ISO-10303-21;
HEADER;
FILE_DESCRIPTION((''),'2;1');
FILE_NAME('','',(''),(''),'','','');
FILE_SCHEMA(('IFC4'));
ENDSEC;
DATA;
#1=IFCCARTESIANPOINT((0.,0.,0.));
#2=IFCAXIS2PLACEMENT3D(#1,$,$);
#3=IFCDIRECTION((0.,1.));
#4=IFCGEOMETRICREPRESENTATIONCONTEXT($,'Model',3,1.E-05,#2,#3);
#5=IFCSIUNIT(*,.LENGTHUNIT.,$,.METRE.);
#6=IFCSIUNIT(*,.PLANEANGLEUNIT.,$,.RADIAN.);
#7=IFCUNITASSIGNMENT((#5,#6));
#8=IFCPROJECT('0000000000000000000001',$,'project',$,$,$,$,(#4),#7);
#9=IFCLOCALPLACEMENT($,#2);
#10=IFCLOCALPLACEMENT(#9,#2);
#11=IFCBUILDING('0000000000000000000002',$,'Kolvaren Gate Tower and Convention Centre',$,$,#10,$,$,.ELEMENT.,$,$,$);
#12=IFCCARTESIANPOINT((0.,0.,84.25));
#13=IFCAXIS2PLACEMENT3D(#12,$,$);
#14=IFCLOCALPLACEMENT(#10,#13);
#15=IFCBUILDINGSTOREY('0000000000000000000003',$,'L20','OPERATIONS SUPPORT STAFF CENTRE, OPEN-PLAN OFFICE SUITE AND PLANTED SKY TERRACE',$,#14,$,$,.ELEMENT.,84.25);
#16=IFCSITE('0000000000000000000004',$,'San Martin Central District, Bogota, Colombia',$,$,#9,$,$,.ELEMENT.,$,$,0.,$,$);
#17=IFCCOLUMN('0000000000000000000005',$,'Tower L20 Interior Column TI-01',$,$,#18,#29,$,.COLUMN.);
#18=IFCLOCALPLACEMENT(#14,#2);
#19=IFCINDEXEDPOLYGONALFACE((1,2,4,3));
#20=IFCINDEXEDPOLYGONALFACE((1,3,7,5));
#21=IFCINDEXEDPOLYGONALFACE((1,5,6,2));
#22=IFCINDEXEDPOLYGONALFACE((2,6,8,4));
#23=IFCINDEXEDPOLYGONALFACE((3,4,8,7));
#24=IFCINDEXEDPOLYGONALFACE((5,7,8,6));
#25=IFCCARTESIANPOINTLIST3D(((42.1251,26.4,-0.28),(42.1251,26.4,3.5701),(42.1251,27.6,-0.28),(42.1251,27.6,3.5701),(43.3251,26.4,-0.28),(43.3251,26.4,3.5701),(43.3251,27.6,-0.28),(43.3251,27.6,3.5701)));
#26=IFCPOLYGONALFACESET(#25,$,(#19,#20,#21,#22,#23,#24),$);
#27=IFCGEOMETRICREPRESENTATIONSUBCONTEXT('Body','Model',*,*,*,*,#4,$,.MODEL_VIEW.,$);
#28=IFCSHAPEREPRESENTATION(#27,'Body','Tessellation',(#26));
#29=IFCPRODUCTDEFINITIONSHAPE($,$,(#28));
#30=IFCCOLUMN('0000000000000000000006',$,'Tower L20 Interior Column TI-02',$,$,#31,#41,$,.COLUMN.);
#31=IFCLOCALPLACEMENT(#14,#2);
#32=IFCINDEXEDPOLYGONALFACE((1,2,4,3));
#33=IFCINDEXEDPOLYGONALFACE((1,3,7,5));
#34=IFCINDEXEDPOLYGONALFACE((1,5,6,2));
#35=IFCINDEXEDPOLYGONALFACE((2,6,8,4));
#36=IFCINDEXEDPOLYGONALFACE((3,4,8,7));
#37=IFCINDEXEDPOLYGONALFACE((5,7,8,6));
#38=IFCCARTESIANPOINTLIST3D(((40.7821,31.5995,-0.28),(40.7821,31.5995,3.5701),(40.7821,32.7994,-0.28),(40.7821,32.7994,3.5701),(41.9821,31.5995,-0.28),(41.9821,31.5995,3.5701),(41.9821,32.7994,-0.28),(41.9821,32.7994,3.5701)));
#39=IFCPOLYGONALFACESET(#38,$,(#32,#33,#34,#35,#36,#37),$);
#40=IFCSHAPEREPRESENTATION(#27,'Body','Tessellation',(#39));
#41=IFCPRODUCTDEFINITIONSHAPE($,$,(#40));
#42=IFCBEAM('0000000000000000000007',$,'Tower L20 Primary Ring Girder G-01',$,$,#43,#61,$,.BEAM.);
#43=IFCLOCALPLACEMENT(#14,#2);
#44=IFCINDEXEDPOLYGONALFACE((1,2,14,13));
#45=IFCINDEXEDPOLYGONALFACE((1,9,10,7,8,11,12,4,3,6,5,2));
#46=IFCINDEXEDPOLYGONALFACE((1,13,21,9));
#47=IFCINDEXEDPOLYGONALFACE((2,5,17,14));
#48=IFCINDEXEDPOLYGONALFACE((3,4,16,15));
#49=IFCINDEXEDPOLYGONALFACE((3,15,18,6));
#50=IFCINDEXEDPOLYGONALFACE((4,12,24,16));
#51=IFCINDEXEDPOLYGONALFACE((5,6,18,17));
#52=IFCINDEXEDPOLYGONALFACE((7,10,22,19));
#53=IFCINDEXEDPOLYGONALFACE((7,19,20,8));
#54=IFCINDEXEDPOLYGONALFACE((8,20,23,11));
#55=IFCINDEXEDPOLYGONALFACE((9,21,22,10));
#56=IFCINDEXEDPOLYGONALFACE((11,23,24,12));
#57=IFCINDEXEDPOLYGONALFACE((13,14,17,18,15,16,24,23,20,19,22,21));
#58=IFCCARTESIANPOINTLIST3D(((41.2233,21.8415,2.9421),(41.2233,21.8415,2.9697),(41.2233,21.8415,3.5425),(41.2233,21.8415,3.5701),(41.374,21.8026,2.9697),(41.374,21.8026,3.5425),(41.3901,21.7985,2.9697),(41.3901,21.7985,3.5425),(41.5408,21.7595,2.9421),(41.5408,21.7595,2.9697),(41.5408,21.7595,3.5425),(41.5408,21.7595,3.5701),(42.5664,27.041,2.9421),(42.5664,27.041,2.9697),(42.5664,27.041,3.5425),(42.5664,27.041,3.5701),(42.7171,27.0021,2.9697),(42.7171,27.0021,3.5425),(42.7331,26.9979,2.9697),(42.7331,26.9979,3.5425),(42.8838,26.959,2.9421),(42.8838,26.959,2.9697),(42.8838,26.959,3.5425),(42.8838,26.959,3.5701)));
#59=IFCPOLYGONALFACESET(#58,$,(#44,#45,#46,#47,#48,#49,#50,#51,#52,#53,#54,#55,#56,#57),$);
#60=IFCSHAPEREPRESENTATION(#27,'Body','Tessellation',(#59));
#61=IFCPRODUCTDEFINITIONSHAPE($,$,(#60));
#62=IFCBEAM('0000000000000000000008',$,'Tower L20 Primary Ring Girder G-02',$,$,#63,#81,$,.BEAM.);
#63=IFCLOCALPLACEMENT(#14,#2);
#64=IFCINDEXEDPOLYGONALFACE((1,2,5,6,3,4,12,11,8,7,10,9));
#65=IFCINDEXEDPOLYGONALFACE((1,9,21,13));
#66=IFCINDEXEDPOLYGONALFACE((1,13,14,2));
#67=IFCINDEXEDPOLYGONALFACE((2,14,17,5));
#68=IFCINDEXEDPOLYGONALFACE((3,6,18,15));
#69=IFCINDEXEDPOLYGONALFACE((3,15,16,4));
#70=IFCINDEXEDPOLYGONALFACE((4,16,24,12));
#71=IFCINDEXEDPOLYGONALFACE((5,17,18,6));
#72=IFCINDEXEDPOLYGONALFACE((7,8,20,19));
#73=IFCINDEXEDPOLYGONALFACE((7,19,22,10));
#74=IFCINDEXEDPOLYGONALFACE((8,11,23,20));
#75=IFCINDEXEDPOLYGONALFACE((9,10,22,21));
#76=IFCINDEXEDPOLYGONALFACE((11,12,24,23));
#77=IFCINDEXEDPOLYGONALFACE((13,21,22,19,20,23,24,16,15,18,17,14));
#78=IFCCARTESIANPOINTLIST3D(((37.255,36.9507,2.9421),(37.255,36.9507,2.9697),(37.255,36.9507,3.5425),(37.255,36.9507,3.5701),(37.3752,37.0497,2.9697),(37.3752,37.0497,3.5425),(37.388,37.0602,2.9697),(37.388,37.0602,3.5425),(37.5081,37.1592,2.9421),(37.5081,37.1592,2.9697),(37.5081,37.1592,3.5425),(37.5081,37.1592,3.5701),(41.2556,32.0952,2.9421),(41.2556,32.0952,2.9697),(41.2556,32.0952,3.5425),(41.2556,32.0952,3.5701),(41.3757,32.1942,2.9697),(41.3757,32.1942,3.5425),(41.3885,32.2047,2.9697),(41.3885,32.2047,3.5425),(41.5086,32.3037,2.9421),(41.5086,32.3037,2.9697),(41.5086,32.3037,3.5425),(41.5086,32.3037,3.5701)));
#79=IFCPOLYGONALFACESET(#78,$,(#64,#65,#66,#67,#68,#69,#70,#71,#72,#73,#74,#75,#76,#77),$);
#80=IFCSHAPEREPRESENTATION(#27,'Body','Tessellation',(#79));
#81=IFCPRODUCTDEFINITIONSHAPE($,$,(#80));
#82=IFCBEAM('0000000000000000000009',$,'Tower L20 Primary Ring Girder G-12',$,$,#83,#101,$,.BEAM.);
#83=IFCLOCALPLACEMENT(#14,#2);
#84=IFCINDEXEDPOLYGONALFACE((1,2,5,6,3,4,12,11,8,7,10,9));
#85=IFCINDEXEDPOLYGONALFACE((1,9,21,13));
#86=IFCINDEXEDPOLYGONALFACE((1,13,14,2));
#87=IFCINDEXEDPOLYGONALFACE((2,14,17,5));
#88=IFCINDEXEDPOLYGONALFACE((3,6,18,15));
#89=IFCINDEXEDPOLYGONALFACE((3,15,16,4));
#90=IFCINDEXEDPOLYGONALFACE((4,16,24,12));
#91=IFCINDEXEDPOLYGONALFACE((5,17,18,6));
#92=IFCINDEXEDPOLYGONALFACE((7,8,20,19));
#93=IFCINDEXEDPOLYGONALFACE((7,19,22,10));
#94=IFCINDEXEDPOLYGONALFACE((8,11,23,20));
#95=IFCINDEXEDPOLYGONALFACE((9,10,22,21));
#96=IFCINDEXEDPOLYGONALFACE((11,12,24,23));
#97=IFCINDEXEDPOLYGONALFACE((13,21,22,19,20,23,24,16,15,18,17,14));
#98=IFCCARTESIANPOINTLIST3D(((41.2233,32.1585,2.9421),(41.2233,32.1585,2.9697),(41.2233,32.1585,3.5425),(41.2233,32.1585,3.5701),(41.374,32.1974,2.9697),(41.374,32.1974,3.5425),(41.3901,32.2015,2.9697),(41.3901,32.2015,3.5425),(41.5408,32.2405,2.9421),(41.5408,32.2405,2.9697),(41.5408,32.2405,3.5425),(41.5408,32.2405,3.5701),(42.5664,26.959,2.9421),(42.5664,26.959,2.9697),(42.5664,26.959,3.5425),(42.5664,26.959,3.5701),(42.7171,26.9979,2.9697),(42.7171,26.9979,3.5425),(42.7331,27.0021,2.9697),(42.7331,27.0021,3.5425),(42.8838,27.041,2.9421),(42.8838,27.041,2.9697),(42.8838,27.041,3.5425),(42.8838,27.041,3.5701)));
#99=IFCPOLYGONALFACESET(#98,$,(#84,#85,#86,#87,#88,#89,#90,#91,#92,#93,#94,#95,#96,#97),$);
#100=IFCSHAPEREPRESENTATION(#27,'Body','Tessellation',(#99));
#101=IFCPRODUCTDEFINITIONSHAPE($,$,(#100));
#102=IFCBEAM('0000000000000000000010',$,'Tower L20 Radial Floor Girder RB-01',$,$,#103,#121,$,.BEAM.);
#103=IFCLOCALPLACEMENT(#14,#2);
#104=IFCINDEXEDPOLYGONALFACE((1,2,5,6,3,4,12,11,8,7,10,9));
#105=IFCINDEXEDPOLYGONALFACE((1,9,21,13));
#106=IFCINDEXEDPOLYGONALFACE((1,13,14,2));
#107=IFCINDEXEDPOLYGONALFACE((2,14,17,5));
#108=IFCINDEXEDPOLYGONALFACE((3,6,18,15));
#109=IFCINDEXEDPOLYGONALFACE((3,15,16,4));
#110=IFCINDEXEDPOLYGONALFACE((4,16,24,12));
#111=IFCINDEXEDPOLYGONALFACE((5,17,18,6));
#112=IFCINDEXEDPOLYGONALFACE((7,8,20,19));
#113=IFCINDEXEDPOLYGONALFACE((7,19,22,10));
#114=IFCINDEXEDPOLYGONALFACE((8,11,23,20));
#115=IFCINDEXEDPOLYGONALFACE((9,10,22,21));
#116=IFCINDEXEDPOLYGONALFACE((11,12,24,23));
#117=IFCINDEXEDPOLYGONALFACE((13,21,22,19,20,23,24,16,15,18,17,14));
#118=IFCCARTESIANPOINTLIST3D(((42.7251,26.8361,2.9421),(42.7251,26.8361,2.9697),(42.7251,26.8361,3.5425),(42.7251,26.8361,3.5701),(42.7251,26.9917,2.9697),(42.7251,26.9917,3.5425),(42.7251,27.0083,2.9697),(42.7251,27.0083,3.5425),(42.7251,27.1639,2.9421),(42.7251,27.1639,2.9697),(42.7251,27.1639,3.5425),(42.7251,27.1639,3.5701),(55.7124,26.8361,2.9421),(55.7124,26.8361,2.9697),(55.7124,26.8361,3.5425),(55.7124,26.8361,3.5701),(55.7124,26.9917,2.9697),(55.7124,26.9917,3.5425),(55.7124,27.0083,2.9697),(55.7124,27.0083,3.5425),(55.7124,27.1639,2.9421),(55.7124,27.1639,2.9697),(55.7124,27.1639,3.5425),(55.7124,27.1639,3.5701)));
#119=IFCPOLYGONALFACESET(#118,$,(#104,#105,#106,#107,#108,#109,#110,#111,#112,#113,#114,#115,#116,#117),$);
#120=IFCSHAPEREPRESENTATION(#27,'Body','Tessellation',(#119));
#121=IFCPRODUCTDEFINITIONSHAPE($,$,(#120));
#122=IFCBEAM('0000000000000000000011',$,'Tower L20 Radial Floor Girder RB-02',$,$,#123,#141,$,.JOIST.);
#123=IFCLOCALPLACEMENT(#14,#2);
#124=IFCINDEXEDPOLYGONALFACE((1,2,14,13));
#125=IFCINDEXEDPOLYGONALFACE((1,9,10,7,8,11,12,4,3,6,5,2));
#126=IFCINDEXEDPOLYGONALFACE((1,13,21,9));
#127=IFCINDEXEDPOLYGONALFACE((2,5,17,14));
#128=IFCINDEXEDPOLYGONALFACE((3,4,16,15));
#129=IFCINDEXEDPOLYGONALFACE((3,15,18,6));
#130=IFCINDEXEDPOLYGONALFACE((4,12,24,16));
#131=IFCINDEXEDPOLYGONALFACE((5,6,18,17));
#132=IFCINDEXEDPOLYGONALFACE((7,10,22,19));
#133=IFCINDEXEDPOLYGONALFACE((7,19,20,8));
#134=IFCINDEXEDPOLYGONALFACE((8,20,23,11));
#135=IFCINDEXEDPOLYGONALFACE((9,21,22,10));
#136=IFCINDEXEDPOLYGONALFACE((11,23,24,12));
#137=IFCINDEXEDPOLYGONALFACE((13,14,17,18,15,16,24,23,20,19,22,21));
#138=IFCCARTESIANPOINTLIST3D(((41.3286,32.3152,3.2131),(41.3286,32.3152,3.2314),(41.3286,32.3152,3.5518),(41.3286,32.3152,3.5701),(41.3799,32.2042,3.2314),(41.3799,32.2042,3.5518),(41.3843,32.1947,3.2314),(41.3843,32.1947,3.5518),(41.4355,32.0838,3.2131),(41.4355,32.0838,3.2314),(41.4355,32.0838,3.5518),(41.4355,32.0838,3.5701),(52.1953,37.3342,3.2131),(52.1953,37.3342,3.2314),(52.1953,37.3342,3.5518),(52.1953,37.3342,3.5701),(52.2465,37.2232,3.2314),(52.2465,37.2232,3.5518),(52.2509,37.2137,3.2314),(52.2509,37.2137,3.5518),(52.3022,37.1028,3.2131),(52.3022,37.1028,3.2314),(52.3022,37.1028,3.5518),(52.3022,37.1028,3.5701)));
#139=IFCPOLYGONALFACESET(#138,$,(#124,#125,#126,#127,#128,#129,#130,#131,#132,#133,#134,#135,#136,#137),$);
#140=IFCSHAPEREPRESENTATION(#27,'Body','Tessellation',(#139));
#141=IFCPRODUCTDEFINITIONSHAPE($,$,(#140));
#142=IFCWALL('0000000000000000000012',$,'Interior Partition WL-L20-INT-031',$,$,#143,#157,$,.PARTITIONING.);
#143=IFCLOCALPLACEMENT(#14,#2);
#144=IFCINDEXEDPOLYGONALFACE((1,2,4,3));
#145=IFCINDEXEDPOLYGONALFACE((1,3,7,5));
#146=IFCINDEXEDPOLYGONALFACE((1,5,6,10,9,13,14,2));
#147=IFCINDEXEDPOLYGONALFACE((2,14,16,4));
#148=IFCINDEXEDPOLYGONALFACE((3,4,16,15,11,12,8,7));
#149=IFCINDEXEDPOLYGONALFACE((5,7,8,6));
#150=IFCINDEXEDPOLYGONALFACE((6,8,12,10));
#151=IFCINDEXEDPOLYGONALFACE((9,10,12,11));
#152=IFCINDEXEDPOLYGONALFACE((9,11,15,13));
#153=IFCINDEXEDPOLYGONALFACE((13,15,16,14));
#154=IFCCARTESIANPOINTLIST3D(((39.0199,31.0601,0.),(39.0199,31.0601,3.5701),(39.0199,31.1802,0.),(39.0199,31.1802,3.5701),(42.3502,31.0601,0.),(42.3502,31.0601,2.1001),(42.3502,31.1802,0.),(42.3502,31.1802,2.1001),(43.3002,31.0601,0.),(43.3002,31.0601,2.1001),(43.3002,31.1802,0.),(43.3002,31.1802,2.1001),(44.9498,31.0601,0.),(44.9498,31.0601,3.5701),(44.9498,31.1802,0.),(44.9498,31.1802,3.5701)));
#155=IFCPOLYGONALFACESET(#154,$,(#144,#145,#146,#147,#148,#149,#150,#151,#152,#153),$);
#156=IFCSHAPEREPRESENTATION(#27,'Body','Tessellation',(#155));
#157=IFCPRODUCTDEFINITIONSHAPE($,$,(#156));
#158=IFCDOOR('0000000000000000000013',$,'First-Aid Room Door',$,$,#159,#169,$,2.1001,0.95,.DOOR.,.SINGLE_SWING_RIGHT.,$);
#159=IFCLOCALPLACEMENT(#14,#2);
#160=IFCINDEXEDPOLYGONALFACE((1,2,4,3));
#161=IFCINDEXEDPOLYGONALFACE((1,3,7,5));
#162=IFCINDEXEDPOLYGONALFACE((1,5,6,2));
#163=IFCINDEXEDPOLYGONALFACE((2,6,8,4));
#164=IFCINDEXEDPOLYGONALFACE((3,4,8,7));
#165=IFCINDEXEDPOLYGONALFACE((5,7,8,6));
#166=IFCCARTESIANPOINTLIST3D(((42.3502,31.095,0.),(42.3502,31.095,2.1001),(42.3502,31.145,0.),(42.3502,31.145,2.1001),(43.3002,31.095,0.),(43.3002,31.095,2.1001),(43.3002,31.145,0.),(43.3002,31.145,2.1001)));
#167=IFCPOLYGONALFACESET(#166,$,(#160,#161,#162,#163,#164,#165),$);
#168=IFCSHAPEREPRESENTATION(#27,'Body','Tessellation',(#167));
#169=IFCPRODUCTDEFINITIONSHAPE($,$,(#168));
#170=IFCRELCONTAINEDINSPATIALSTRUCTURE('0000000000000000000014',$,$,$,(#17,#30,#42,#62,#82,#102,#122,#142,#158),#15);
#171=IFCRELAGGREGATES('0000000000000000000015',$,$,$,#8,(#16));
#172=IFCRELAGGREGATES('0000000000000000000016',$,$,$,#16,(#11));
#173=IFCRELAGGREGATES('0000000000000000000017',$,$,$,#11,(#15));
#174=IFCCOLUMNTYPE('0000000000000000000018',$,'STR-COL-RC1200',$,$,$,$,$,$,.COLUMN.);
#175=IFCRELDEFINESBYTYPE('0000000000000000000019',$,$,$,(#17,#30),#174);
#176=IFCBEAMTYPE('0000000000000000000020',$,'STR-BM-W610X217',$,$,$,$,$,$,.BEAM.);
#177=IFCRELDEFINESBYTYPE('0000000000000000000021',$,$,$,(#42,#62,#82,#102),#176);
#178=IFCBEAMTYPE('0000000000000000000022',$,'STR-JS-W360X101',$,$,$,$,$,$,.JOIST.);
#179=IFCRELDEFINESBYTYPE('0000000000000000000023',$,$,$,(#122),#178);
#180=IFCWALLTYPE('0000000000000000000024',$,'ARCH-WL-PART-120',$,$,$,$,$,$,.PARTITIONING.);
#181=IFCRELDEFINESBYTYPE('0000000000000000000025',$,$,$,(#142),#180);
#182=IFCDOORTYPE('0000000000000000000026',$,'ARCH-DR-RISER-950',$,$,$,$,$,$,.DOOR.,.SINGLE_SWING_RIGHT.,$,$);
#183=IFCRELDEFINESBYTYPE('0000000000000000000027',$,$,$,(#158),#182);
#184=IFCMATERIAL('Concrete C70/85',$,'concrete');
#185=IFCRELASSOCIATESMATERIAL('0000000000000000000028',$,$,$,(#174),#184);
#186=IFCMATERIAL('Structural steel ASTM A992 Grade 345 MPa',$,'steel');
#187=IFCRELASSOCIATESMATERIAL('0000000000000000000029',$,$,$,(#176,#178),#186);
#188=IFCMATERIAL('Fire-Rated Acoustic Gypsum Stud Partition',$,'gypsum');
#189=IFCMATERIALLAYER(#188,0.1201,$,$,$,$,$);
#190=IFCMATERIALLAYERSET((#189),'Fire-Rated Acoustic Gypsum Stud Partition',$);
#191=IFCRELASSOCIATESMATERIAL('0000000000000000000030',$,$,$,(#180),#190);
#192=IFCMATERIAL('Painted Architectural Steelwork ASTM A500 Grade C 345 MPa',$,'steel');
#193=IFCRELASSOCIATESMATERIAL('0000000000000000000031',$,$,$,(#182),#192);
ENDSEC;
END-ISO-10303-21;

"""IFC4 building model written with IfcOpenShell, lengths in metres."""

from ifc_helpers import new_model, si_unit, direction, frame, frame_2d, origin, origin_2d, place, context, subcontext, project, spatial, rectangle, i_section, extrude, material, layer, layer_set, material_profile, profile_set, type_object, element, fill, save


model = new_model("IFC4")

# Units and contexts
model_context = context("Model", 3, precision=1e-05, world=origin(), true_north=direction((0.0, 1.0)))
body_context = subcontext(model_context, "Body", "Model", "MODEL_VIEW")
ifc_project = project(units=[si_unit("LENGTHUNIT", "METRE"), si_unit("PLANEANGLEUNIT", "RADIAN")], contexts=[model_context])

# Site, building, storey
site_placement = place(None, origin())
site = spatial("IfcSite", under=ifc_project, at=site_placement, Name="San Martin Central District, Bogota, Colombia", CompositionType="ELEMENT", RefElevation=0.0)
building_placement = place(site_placement, origin())
building = spatial("IfcBuilding", under=site, at=building_placement, Name="Kolvaren Gate Tower and Convention Centre", CompositionType="ELEMENT")
storey_placement = place(building_placement, frame((0.0, 0.0, 84.25)))
storey = spatial("IfcBuildingStorey", under=building, at=storey_placement, Name="L20", Description="OPERATIONS SUPPORT STAFF CENTRE, OPEN-PLAN OFFICE SUITE AND PLANTED SKY TERRACE", CompositionType="ELEMENT", Elevation=84.25)

# Columns
ifc_material_1 = material(Name="Concrete C70/85", Category="concrete")
ifc_material_profile_1 = material_profile(ifc_material_1, rectangle(XDim=1.2, YDim=1.2, at=origin_2d()), Name="RC-COL-1200X1200")
ifc_profile_set_1 = profile_set([ifc_material_profile_1], Name="Concrete C70/85")
column_type = type_object("IfcColumnType", Name="STR-COL-RC1200", PredefinedType="COLUMN", material=ifc_profile_set_1)
for number, where, z_axis, x_axis, name in (
    (1, (42.7251, 27.0, -0.28), (0.0, 0.0, 1.0), (1.0, 0.0, 0.0), "Tower L20 Interior Column TI-01"),
    (2, (41.3821, 32.1995, -0.28), (0.0, 0.0, 1.0), (1.0, 0.0, 0.0), "Tower L20 Interior Column TI-02"),
):
    element("IfcColumn", number, at=place(storey_placement, frame(where, z_axis=z_axis, x_axis=x_axis)), inside=storey, type_object=column_type, Name=name, PredefinedType="COLUMN", context=body_context, shape_type="SweptSolid", body=[
        extrude(rectangle(XDim=1.2, YDim=1.2, at=origin_2d()), origin(), (0.0, 0.0, 1.0), 3.8501),
    ])

# Beams
ifc_material_2 = material(Name="Structural steel ASTM A992 Grade 345 MPa", Category="steel")
ifc_material_profile_2 = material_profile(ifc_material_2, i_section(OverallWidth=0.3279, OverallDepth=0.6279, WebThickness=0.0166, FlangeThickness=0.0276, at=origin_2d()), Name="W610X217")
ifc_profile_set_2 = profile_set([ifc_material_profile_2], Name="Structural steel ASTM A992 Grade 345 MPa")
beam_type_1 = type_object("IfcBeamType", Name="STR-BM-W610X217", PredefinedType="BEAM", material=ifc_profile_set_2)
beam_1_placement = place(storey_placement, frame((42.7251, 27.0, 3.2561), z_axis=(-0.250091, -0.968222, 0.0), x_axis=(0.968222, -0.250091, 0.0)))
element("IfcBeam", 3, at=beam_1_placement, inside=storey, type_object=beam_type_1, Name="Tower L20 Primary Ring Girder G-01", PredefinedType="BEAM", context=body_context, shape_type="SweptSolid", body=[
    extrude(i_section(OverallWidth=0.3279, OverallDepth=0.6279, WebThickness=0.0166, FlangeThickness=0.0276, at=origin_2d()), origin(), (0.0, 0.0, 1.0), 5.3701),
])
beam_2_placement = place(storey_placement, frame((41.3821, 32.1995, 3.2561), z_axis=(-0.635884, 0.771785, 0.0), x_axis=(-0.771785, -0.635884, 0.0)))
element("IfcBeam", 4, at=beam_2_placement, inside=storey, type_object=beam_type_1, Name="Tower L20 Primary Ring Girder G-02", PredefinedType="BEAM", context=body_context, shape_type="SweptSolid", body=[
    extrude(i_section(OverallWidth=0.3279, OverallDepth=0.6279, WebThickness=0.0166, FlangeThickness=0.0276, at=origin_2d()), origin(), (0.0, 0.0, 1.0), 6.2913),
])
beam_3_placement = place(storey_placement, frame((42.7251, 27.0, 3.2561), z_axis=(-0.250091, 0.968222, 0.0), x_axis=(-0.968222, -0.250091, 0.0)))
element("IfcBeam", 5, at=beam_3_placement, inside=storey, type_object=beam_type_1, Name="Tower L20 Primary Ring Girder G-12", PredefinedType="BEAM", context=body_context, shape_type="SweptSolid", body=[
    extrude(i_section(OverallWidth=0.3279, OverallDepth=0.6279, WebThickness=0.0166, FlangeThickness=0.0276, at=origin_2d()), origin(), (0.0, 0.0, 1.0), 5.3701),
])
beam_4_placement = place(storey_placement, frame((42.7251, 27.0, 3.2561), z_axis=(1.0, 0.0, 0.0), x_axis=(0.0, 1.0, 0.0)))
element("IfcBeam", 6, at=beam_4_placement, inside=storey, type_object=beam_type_1, Name="Tower L20 Radial Floor Girder RB-01", PredefinedType="BEAM", context=body_context, shape_type="SweptSolid", body=[
    extrude(i_section(OverallWidth=0.3279, OverallDepth=0.6279, WebThickness=0.0166, FlangeThickness=0.0276, at=origin_2d()), origin(), (0.0, 0.0, 1.0), 12.9873),
])
ifc_material_profile_3 = material_profile(ifc_material_2, i_section(OverallWidth=0.2549, OverallDepth=0.3569, WebThickness=0.0105, FlangeThickness=0.0183, at=origin_2d()), Name="W360X101")
ifc_profile_set_3 = profile_set([ifc_material_profile_3], Name="Structural steel ASTM A992 Grade 345 MPa")
beam_type_2 = type_object("IfcBeamType", Name="STR-JS-W360X101", PredefinedType="JOIST", material=ifc_profile_set_3)
beam_5_placement = place(storey_placement, frame((41.3821, 32.1995, 3.3916), z_axis=(0.907844, 0.419309, 0.0), x_axis=(-0.419309, 0.907844, 0.0)))
element("IfcBeam", 7, at=beam_5_placement, inside=storey, type_object=beam_type_2, Name="Tower L20 Radial Floor Girder RB-02", PredefinedType="JOIST", context=body_context, shape_type="SweptSolid", body=[
    extrude(i_section(OverallWidth=0.2549, OverallDepth=0.3569, WebThickness=0.0105, FlangeThickness=0.0183, at=origin_2d()), origin(), (0.0, 0.0, 1.0), 11.9697),
])

# Wall, opening, door
ifc_material_3 = material(Name="Fire-Rated Acoustic Gypsum Stud Partition", Category="gypsum")
ifc_layer_1 = layer(ifc_material_3, 0.1201)
ifc_layer_set_1 = layer_set([ifc_layer_1], Name="Fire-Rated Acoustic Gypsum Stud Partition")
wall_type_1 = type_object("IfcWallType", Name="ARCH-WL-PART-120", PredefinedType="PARTITIONING", material=ifc_layer_set_1)
wall_1_placement = place(storey_placement, frame((39.02, 31.1201, 0.0), z_axis=(0.0, 0.0, 1.0), x_axis=(1.0, 0.0, 0.0)))
wall_1 = element("IfcWall", 8, at=wall_1_placement, inside=storey, type_object=wall_type_1, Name="Interior Partition WL-L20-INT-031", PredefinedType="PARTITIONING", context=body_context, shape_type="SweptSolid", body=[
    extrude(rectangle(XDim=5.9299, YDim=0.1201, at=frame_2d((2.9648, 0.0))), origin(), (0.0, 0.0, 1.0), 3.5701),
])
opening_1_placement = place(wall_1_placement, frame((3.3301, 0.0, 0.0)))
opening_1 = element("IfcOpeningElement", 9, at=opening_1_placement, cuts=wall_1, PredefinedType="OPENING", context=body_context, shape_type="SweptSolid", body=[
    extrude(rectangle(XDim=0.95, YDim=2.1001, at=frame_2d((0.4751, 1.05))), frame((0.0, 0.0701, 0.0), z_axis=(0.0, -1.0, 0.0), x_axis=(1.0, 0.0, 0.0)), (0.0, 0.0, 1.0), 0.1401),
])
ifc_material_4 = material(Name="Painted Architectural Steelwork ASTM A500 Grade C 345 MPa", Category="steel")
door_type_1 = type_object("IfcDoorType", Name="ARCH-DR-RISER-950", OperationType="SINGLE_SWING_RIGHT", PredefinedType="DOOR", material=ifc_material_4)
door_1_placement = place(opening_1_placement, origin())
door_1 = element("IfcDoor", 10, at=door_1_placement, inside=storey, type_object=door_type_1, Name="First-Aid Room Door", OperationType="SINGLE_SWING_RIGHT", OverallHeight=2.1001, OverallWidth=0.95, PredefinedType="DOOR", context=body_context, shape_type="SweptSolid", body=[
    extrude(rectangle(XDim=0.95, YDim=2.1001, at=frame_2d((0.4751, 1.05))), frame((0.0, 0.0249, 0.0), z_axis=(0.0, -1.0, 0.0), x_axis=(1.0, 0.0, 0.0)), (0.0, 0.0, 1.0), 0.05),
])
fill(opening_1, door_1)

save(model, "model.ifc")
